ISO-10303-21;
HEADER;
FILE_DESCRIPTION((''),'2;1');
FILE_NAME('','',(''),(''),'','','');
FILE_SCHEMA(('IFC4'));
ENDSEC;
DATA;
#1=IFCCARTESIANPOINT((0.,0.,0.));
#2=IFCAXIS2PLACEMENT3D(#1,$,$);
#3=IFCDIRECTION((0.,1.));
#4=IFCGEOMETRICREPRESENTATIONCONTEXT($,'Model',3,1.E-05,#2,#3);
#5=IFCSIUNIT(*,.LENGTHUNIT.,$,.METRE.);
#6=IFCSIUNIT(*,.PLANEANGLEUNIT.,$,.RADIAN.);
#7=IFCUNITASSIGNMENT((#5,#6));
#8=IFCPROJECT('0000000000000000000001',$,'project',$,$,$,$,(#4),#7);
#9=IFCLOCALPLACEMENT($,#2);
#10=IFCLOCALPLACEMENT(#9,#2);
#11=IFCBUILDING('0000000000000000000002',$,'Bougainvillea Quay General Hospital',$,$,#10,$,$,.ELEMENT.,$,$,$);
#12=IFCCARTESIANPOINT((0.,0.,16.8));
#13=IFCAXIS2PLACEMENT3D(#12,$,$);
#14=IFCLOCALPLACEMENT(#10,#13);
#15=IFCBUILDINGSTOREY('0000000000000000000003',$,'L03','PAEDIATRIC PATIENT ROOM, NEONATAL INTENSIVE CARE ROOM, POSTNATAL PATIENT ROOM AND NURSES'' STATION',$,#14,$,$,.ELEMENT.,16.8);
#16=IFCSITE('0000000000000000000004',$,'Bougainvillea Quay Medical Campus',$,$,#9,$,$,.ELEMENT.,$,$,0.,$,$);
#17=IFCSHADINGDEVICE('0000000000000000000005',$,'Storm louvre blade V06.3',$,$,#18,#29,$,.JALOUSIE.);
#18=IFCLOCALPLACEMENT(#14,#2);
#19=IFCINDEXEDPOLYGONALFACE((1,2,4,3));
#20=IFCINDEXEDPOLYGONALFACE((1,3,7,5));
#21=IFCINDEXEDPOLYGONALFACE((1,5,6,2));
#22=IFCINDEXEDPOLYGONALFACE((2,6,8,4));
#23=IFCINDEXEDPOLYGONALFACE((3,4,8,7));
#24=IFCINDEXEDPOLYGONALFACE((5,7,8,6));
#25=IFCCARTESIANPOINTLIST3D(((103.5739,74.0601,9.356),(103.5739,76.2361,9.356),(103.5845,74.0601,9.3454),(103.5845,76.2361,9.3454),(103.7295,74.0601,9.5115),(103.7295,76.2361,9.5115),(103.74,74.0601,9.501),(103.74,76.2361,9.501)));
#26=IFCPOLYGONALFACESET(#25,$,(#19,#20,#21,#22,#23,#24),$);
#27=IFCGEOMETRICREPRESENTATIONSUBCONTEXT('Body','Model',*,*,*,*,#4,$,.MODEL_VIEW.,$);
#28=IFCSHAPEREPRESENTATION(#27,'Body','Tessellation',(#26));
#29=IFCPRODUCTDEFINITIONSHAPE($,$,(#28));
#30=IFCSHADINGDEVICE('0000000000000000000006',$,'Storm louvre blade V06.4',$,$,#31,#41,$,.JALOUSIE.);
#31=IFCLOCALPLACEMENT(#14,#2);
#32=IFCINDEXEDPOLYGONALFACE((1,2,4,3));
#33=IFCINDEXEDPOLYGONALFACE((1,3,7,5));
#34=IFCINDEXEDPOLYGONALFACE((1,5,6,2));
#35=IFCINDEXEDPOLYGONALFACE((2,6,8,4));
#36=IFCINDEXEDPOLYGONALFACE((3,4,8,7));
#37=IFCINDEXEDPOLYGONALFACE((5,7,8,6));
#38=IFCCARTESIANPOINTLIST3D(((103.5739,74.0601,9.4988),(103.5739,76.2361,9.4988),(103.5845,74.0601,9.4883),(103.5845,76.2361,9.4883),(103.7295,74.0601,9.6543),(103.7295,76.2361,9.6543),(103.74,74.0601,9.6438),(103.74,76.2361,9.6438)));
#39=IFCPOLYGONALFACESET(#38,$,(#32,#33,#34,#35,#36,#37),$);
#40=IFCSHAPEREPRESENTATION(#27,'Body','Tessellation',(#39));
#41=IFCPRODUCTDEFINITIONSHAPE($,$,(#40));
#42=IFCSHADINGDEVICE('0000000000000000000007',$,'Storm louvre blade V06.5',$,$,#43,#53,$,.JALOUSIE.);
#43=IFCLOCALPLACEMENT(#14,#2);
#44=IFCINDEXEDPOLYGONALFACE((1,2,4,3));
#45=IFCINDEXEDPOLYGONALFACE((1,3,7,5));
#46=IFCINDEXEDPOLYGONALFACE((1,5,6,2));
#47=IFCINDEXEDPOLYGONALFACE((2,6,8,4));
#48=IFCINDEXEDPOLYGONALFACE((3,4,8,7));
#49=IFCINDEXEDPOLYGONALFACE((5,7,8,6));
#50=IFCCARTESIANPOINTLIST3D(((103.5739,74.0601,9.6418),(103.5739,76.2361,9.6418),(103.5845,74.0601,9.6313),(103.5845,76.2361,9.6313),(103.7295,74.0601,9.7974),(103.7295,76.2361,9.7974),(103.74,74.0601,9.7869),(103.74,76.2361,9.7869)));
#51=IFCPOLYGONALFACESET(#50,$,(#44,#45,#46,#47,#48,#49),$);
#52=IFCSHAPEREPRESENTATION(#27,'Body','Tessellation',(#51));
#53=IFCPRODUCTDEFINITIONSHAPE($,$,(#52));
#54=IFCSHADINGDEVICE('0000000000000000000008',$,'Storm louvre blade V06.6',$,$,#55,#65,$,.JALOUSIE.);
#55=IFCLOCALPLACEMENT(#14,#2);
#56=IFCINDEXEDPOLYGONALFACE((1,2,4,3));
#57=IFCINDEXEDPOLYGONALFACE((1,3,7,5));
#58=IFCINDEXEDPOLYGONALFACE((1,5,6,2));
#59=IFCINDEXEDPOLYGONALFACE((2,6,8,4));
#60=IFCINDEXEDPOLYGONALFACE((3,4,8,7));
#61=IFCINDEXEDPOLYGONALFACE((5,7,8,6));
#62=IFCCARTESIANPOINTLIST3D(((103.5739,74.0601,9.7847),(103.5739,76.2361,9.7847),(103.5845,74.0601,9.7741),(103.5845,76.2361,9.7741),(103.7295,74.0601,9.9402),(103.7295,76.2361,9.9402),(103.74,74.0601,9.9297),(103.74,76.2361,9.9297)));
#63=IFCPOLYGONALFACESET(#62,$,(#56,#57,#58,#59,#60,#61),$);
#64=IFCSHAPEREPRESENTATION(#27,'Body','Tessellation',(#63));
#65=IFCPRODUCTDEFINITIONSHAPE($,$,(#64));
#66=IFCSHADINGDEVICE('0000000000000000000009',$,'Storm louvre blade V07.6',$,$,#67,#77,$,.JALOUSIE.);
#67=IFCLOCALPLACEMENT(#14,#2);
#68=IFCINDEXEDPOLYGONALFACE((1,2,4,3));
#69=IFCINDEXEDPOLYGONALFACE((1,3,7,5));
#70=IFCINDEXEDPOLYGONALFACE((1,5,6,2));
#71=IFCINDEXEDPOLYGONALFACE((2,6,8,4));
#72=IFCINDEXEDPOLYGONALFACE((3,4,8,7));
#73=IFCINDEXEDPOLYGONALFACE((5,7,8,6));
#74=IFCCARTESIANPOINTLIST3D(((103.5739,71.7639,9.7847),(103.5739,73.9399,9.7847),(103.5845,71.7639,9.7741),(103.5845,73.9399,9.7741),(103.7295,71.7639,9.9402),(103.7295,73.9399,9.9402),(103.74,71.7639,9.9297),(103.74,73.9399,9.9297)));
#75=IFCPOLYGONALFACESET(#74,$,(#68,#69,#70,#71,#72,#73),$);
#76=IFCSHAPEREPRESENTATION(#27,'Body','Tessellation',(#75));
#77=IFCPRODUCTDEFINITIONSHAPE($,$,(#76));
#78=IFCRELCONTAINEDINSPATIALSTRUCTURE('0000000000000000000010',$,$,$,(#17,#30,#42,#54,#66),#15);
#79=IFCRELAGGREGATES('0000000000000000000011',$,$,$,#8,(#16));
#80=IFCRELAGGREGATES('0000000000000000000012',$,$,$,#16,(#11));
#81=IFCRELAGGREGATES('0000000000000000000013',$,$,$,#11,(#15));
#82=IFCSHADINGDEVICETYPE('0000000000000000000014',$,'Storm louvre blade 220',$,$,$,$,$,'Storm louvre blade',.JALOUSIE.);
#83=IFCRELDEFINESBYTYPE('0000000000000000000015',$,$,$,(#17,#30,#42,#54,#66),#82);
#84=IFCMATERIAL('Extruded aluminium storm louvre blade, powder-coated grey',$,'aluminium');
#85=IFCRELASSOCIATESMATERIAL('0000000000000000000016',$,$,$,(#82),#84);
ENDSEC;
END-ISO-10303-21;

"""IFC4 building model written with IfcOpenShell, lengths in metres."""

from ifc_helpers import new_model, si_unit, direction, frame, origin, origin_2d, place, context, subcontext, project, spatial, rectangle, extrude, material, material_profile, profile_set, type_object, element, save


model = new_model("IFC4")

# Units and contexts
model_context = context("Model", 3, precision=1e-05, world=origin(), true_north=direction((0.0, 1.0)))
body_context = subcontext(model_context, "Body", "Model", "MODEL_VIEW")
ifc_project = project(units=[si_unit("LENGTHUNIT", "METRE"), si_unit("PLANEANGLEUNIT", "RADIAN")], contexts=[model_context])

# Site, building, storey
site_placement = place(None, origin())
site = spatial("IfcSite", under=ifc_project, at=site_placement, Name="Bougainvillea Quay Medical Campus", CompositionType="ELEMENT", RefElevation=0.0)
building_placement = place(site_placement, origin())
building = spatial("IfcBuilding", under=site, at=building_placement, Name="Bougainvillea Quay General Hospital", CompositionType="ELEMENT")
storey_placement = place(building_placement, frame((0.0, 0.0, 16.8)))
storey = spatial("IfcBuildingStorey", under=building, at=storey_placement, Name="L03", Description="PAEDIATRIC PATIENT ROOM, NEONATAL INTENSIVE CARE ROOM, POSTNATAL PATIENT ROOM AND NURSES' STATION", CompositionType="ELEMENT", Elevation=16.8)

# Shading devices
ifc_material_1 = material(Name="Extruded aluminium storm louvre blade, powder-coated grey", Category="aluminium")
ifc_material_profile_1 = material_profile(ifc_material_1, rectangle(XDim=0.22, YDim=0.0149, at=origin_2d()))
ifc_profile_set_1 = profile_set([ifc_material_profile_1], Name="Extruded aluminium storm louvre blade, powder-coated grey")
shading_device_type_1 = type_object("IfcShadingDeviceType", Name="Storm louvre blade 220", ElementType="Storm louvre blade", PredefinedType="JALOUSIE", material=ifc_profile_set_1)
for number, where, z_axis, x_axis, name in (
    (1, (103.657, 76.2361, 9.4285), (0.0, -1.0, 0.0), (0.707107, 0.0, 0.707107), "Storm louvre blade V06.3"),
    (2, (103.657, 76.2361, 9.5713), (0.0, -1.0, 0.0), (0.707107, 0.0, 0.707107), "Storm louvre blade V06.4"),
    (3, (103.657, 76.2361, 9.7144), (0.0, -1.0, 0.0), (0.707107, 0.0, 0.707107), "Storm louvre blade V06.5"),
    (4, (103.657, 76.2361, 9.8572), (0.0, -1.0, 0.0), (0.707107, 0.0, 0.707107), "Storm louvre blade V06.6"),
    (5, (103.657, 73.9399, 9.8572), (0.0, -1.0, 0.0), (0.707107, 0.0, 0.707107), "Storm louvre blade V07.6"),
):
    element("IfcShadingDevice", number, at=place(storey_placement, frame(where, z_axis=z_axis, x_axis=x_axis)), inside=storey, type_object=shading_device_type_1, Name=name, PredefinedType="JALOUSIE", context=body_context, shape_type="SweptSolid", body=[
        extrude(rectangle(XDim=0.22, YDim=0.0149, at=origin_2d()), origin(), (0.0, 0.0, 1.0), 2.176),
    ])

save(model, "model.ifc")
